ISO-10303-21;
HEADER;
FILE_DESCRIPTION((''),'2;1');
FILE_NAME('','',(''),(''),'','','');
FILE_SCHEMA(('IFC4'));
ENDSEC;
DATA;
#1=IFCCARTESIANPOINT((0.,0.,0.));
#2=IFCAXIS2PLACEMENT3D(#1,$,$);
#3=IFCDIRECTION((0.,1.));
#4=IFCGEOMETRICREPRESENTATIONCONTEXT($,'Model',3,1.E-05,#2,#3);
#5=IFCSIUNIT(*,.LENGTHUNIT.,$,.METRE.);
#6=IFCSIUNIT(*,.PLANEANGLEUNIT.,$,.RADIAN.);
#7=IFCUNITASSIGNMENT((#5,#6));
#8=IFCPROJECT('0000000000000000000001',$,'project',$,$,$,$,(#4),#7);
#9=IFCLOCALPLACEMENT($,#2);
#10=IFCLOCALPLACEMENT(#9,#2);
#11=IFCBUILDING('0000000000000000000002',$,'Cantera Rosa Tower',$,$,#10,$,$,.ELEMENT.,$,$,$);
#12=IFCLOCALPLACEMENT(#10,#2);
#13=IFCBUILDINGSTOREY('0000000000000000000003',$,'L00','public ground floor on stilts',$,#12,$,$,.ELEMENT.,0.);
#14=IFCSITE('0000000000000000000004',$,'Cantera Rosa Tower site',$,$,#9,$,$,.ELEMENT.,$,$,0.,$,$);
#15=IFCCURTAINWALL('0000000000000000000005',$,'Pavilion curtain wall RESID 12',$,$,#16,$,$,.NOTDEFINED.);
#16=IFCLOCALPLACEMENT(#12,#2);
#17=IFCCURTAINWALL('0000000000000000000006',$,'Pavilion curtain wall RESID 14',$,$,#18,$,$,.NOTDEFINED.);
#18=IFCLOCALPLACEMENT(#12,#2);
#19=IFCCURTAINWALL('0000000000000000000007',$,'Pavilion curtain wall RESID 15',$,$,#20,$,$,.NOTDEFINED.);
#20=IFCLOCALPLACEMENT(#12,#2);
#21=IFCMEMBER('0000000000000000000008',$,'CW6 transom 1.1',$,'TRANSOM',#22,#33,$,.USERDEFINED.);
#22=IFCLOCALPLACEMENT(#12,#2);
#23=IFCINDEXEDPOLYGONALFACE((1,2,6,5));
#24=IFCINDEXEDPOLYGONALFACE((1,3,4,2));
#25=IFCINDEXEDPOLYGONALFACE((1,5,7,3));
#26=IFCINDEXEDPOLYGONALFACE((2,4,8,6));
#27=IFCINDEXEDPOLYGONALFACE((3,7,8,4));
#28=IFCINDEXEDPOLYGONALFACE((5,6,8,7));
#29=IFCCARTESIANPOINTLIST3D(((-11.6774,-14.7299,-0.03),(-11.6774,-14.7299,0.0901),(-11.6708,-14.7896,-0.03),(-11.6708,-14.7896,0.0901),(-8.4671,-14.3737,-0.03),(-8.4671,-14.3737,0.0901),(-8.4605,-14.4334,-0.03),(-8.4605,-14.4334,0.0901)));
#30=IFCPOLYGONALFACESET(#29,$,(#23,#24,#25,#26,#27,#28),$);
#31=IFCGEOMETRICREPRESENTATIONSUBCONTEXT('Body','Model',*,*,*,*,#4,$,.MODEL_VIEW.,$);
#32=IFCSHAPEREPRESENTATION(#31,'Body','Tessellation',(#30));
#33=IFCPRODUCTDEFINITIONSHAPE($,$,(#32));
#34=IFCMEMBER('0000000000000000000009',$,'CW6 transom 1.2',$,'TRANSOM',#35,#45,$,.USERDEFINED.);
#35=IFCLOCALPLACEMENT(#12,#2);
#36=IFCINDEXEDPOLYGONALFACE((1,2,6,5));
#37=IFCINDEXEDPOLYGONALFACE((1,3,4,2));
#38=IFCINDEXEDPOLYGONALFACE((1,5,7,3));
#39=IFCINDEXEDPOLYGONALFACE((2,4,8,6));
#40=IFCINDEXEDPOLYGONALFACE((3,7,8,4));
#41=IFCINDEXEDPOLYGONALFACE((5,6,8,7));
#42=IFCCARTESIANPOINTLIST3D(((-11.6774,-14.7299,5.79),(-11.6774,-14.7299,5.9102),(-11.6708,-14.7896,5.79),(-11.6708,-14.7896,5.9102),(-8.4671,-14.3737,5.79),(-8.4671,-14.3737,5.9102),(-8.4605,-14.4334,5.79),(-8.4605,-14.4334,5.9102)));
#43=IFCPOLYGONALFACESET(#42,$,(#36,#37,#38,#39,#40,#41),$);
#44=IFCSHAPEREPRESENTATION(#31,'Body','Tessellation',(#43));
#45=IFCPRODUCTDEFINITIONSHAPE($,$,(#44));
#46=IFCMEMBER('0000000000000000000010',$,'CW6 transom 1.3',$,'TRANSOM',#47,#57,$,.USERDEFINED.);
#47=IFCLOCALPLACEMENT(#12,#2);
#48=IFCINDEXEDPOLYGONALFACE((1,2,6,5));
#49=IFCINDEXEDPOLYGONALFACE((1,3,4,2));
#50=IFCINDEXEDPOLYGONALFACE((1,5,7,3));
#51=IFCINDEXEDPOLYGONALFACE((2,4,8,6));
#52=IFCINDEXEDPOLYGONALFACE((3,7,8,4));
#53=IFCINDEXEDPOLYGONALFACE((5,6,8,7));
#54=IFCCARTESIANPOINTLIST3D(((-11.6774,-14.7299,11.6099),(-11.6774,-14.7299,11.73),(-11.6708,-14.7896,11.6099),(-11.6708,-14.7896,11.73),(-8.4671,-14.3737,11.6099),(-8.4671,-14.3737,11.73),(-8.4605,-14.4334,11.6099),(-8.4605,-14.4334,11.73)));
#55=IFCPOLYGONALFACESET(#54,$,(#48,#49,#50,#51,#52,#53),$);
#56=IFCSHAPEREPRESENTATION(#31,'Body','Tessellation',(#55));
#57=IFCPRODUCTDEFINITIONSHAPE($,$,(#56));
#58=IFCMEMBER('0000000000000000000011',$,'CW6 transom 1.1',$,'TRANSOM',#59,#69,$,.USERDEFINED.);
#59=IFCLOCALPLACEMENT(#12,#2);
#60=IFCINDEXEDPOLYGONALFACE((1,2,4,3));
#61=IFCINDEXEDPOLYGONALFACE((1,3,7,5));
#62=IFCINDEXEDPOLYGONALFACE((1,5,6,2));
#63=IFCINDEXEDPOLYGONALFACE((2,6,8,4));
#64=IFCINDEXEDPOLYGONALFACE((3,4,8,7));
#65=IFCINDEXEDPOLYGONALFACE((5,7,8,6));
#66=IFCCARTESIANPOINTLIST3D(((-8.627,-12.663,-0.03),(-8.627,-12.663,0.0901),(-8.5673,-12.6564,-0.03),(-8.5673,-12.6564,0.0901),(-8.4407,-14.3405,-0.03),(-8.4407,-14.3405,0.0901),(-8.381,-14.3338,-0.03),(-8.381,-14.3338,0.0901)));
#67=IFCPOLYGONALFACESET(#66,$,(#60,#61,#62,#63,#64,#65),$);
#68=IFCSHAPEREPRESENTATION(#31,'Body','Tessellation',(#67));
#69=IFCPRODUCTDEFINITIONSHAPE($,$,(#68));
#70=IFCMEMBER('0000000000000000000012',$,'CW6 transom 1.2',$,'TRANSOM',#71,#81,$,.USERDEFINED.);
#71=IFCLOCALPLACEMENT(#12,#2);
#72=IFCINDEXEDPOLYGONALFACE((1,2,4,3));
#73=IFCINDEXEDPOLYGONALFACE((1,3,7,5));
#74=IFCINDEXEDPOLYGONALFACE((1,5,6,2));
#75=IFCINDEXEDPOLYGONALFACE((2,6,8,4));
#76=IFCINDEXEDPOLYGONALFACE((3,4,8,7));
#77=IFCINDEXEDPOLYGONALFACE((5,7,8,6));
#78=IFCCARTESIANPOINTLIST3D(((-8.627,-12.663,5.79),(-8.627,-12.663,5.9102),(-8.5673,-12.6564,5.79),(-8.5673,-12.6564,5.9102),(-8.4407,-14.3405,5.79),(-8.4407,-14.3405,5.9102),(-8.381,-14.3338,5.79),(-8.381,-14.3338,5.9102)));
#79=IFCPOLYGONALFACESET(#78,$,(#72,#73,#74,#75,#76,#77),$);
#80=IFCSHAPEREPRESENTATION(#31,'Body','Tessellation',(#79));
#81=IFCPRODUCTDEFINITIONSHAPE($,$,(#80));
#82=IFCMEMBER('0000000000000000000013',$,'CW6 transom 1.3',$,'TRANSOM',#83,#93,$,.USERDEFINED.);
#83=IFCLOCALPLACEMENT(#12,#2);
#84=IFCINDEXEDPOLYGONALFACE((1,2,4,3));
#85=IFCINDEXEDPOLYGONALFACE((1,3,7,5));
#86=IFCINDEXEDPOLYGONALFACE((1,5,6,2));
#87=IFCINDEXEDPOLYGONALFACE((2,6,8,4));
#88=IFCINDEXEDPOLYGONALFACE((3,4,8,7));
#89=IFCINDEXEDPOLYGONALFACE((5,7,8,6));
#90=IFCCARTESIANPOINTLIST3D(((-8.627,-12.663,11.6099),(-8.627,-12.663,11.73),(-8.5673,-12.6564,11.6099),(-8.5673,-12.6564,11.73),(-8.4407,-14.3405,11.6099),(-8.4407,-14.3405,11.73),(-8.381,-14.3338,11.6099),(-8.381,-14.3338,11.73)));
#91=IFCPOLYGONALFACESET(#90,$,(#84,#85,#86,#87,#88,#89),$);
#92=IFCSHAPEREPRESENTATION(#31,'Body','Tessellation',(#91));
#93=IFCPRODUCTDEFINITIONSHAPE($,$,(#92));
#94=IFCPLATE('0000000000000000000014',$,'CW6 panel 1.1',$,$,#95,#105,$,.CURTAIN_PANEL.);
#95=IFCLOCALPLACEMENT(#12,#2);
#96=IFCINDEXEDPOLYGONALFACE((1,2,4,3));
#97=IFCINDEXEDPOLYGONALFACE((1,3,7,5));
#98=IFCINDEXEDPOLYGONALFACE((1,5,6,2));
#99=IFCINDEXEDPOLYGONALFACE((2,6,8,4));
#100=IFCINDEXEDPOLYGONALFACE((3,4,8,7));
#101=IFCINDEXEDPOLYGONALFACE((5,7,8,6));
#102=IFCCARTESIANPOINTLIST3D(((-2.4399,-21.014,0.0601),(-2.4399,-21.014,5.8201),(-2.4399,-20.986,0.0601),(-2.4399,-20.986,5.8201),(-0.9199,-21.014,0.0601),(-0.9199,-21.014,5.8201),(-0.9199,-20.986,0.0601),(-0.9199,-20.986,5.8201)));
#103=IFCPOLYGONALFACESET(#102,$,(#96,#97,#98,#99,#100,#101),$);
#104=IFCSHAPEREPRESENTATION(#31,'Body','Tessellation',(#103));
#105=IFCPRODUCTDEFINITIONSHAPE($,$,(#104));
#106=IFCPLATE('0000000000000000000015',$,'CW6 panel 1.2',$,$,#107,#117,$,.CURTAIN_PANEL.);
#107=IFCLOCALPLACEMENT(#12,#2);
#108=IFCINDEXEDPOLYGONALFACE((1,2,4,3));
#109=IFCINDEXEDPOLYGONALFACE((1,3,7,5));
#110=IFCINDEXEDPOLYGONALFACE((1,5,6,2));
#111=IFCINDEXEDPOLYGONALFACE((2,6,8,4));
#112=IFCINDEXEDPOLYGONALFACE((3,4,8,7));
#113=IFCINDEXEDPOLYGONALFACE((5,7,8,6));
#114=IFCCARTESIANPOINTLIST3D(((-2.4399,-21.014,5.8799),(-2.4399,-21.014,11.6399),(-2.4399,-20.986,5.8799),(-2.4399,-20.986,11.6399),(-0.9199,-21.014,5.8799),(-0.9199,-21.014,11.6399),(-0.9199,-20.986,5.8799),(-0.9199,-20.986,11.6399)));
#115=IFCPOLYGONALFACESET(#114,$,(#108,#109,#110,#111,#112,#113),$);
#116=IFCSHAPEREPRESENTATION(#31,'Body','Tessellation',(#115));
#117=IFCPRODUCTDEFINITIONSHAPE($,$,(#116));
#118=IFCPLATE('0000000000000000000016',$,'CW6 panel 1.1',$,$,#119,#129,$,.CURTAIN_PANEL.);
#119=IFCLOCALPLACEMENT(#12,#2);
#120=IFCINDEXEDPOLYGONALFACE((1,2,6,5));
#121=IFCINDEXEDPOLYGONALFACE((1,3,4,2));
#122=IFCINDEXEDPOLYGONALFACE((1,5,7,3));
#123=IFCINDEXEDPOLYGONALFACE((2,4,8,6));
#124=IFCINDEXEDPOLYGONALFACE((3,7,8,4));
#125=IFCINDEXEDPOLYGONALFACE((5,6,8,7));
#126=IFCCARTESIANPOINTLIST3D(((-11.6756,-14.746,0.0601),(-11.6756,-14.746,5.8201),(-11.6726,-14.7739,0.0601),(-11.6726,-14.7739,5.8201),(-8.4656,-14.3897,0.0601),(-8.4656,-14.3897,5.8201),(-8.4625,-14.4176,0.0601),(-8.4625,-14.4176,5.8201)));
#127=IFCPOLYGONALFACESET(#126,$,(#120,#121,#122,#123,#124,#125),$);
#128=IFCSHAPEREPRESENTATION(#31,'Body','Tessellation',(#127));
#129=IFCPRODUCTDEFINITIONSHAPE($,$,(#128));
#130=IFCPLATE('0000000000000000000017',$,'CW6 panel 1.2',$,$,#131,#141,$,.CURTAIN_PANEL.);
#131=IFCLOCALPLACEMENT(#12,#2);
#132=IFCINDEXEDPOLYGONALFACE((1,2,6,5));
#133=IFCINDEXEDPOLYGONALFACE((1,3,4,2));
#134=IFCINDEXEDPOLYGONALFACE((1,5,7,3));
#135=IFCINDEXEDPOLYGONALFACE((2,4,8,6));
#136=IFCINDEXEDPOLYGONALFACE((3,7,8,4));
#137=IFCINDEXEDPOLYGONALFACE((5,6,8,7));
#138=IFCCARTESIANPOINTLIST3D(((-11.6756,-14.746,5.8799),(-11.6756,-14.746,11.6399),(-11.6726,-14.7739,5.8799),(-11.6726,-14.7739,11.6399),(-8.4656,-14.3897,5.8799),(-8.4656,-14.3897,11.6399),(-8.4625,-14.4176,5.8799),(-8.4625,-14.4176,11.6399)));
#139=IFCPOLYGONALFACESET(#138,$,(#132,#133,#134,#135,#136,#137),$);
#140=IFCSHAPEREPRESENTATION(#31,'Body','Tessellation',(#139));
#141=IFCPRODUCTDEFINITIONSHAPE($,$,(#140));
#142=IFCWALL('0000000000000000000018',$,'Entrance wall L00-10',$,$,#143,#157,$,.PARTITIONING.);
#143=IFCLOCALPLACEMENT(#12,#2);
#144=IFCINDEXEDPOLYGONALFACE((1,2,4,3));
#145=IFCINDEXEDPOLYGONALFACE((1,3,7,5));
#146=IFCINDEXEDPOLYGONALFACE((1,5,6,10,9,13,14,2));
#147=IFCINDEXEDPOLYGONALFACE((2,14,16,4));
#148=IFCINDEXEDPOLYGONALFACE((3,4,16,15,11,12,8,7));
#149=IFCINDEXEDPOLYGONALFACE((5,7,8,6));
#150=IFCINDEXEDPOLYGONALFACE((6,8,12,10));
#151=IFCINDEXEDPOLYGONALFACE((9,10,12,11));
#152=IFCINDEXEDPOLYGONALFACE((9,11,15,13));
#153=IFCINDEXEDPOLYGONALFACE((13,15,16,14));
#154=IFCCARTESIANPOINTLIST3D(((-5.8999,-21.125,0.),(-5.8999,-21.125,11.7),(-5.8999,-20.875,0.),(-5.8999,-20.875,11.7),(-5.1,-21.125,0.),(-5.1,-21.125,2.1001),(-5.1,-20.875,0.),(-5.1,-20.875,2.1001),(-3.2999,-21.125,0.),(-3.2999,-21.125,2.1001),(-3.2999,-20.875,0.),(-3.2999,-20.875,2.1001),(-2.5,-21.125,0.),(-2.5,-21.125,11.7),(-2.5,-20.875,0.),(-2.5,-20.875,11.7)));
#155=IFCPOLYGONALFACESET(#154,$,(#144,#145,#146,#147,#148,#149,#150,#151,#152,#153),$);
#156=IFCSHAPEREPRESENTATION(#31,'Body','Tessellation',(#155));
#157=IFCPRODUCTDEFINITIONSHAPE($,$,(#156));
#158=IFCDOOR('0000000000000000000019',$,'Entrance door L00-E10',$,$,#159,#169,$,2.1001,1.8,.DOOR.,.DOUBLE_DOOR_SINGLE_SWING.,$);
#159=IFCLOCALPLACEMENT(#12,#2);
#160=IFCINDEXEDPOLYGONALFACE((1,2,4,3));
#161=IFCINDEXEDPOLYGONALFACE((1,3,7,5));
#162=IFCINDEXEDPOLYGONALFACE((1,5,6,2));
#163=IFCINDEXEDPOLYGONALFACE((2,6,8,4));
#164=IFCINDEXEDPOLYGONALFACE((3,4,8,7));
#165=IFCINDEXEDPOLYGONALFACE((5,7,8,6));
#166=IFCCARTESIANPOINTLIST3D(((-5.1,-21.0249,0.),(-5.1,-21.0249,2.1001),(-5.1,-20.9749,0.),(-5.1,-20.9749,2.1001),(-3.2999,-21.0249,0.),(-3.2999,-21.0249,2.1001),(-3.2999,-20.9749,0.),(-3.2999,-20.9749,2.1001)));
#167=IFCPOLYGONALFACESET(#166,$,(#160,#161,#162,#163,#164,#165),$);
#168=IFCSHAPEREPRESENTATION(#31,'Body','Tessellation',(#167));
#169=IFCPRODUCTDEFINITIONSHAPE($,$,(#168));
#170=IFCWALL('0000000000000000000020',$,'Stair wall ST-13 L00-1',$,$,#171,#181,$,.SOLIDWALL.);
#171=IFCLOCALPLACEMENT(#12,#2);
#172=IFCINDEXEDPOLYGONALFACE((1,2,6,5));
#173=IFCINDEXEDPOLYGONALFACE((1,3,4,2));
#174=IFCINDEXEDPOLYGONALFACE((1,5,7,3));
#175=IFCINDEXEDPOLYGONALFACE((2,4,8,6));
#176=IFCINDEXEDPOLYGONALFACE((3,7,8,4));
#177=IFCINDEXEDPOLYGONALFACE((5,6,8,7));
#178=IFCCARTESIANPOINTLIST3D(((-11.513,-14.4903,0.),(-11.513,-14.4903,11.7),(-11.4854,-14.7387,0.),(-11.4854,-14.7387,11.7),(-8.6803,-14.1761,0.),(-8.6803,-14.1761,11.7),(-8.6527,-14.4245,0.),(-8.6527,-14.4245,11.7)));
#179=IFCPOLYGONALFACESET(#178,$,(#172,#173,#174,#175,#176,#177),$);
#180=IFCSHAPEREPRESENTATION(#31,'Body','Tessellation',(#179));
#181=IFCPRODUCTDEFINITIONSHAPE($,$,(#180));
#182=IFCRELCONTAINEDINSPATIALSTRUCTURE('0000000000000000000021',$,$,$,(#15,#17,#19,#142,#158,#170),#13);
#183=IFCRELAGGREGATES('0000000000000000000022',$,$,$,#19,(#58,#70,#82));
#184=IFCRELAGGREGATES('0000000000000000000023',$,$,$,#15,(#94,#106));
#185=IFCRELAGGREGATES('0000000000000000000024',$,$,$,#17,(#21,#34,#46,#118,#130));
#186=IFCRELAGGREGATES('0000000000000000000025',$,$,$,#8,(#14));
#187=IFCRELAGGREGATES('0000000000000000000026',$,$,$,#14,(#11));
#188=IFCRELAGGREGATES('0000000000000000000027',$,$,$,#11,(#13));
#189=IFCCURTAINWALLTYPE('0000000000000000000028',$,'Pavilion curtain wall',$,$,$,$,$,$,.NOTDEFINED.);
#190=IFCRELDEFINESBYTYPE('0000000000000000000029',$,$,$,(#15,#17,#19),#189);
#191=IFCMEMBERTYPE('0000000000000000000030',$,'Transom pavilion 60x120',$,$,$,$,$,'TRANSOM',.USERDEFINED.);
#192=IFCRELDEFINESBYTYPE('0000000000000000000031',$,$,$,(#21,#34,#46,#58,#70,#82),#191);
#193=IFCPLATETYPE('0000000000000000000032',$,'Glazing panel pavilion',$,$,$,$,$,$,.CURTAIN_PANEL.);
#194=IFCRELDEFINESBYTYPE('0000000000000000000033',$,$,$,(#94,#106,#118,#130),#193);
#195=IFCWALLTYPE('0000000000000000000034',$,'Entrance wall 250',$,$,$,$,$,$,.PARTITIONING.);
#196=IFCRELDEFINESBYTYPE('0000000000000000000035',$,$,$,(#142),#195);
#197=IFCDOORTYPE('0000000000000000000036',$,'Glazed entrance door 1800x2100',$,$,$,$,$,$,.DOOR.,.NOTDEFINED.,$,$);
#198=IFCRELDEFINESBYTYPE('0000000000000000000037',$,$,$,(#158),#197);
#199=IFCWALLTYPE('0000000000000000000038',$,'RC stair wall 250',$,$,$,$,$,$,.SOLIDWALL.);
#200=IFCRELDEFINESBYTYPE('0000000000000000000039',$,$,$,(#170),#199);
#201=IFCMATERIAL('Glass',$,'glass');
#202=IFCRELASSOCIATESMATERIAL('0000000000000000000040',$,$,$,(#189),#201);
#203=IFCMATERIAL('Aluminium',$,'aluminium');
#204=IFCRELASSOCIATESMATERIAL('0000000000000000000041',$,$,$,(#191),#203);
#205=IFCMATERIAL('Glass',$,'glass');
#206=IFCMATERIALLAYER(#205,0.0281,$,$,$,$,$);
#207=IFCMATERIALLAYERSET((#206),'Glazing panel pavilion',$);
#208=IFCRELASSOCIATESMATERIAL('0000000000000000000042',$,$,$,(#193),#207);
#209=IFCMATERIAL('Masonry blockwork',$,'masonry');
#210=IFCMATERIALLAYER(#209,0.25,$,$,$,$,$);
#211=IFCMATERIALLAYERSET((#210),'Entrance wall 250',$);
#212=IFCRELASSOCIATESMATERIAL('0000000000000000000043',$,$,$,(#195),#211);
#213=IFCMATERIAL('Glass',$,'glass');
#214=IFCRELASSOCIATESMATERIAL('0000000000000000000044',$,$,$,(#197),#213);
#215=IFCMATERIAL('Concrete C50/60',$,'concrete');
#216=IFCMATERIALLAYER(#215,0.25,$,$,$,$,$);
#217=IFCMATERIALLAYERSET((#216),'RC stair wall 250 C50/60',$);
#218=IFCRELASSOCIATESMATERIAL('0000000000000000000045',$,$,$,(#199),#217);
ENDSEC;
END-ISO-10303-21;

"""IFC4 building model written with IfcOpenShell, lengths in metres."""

from ifc_helpers import new_model, si_unit, direction, frame, frame_2d, origin, origin_2d, place, context, subcontext, project, spatial, rectangle, extrude, material, layer, layer_set, material_profile, profile_set, type_object, element, fill, aggregate, save


model = new_model("IFC4")

# Units and contexts
model_context = context("Model", 3, precision=1e-05, world=origin(), true_north=direction((0.0, 1.0)))
body_context = subcontext(model_context, "Body", "Model", "MODEL_VIEW")
ifc_project = project(units=[si_unit("LENGTHUNIT", "METRE"), si_unit("PLANEANGLEUNIT", "RADIAN")], contexts=[model_context])

# Site, building, storey
site_placement = place(None, origin())
site = spatial("IfcSite", under=ifc_project, at=site_placement, Name="Cantera Rosa Tower site", CompositionType="ELEMENT", RefElevation=0.0)
building_placement = place(site_placement, origin())
building = spatial("IfcBuilding", under=site, at=building_placement, Name="Cantera Rosa Tower", CompositionType="ELEMENT")
storey_placement = place(building_placement, origin())
storey = spatial("IfcBuildingStorey", under=building, at=storey_placement, Name="L00", Description="public ground floor on stilts", CompositionType="ELEMENT", Elevation=0.0)

# Curtain wall
ifc_material_1 = material(Name="Glass", Category="glass")
curtain_wall_type = type_object("IfcCurtainWallType", Name="Pavilion curtain wall", PredefinedType="NOTDEFINED", material=ifc_material_1)
curtain_wall_1_placement = place(storey_placement, origin())
curtain_wall_1 = element("IfcCurtainWall", 1, at=curtain_wall_1_placement, inside=storey, type_object=curtain_wall_type, Name="Pavilion curtain wall RESID 12", PredefinedType="NOTDEFINED")

# Curtain wall
curtain_wall_2_placement = place(storey_placement, origin())
curtain_wall_2 = element("IfcCurtainWall", 2, at=curtain_wall_2_placement, inside=storey, type_object=curtain_wall_type, Name="Pavilion curtain wall RESID 14", PredefinedType="NOTDEFINED")

# Curtain wall
curtain_wall_3_placement = place(storey_placement, origin())
curtain_wall_3 = element("IfcCurtainWall", 3, at=curtain_wall_3_placement, inside=storey, type_object=curtain_wall_type, Name="Pavilion curtain wall RESID 15", PredefinedType="NOTDEFINED")

# Members
ifc_material_2 = material(Name="Aluminium", Category="aluminium")
ifc_material_profile_1 = material_profile(ifc_material_2, rectangle(XDim=0.0601, YDim=0.1201, at=origin_2d()), Name="Transom pavilion 60x120")
ifc_profile_set_1 = profile_set([ifc_material_profile_1], Name="Aluminium")
member_type_1 = type_object("IfcMemberType", Name="Transom pavilion 60x120", ElementType="TRANSOM", PredefinedType="USERDEFINED", material=ifc_profile_set_1)
member_1_placement = place(storey_placement, frame((-11.6741, -14.7598, 0.03), z_axis=(0.9939, 0.110282, 0.0), x_axis=(-0.110282, 0.9939, 0.0)))
member_1 = element("IfcMember", 4, at=member_1_placement, type_object=member_type_1, Name="CW6 transom 1.1", ObjectType="TRANSOM", PredefinedType="USERDEFINED", context=body_context, shape_type="SweptSolid", body=[
    extrude(rectangle(XDim=0.0601, YDim=0.1201, at=origin_2d()), origin(), (0.0, 0.0, 1.0), 3.23),
])
member_2_placement = place(storey_placement, frame((-11.6741, -14.7598, 5.8501), z_axis=(0.9939, 0.110282, 0.0), x_axis=(-0.110282, 0.9939, 0.0)))
member_2 = element("IfcMember", 5, at=member_2_placement, type_object=member_type_1, Name="CW6 transom 1.2", ObjectType="TRANSOM", PredefinedType="USERDEFINED", context=body_context, shape_type="SweptSolid", body=[
    extrude(rectangle(XDim=0.0601, YDim=0.1201, at=origin_2d()), origin(), (0.0, 0.0, 1.0), 3.23),
])
member_3_placement = place(storey_placement, frame((-11.6741, -14.7598, 11.6699), z_axis=(0.9939, 0.110282, 0.0), x_axis=(-0.110282, 0.9939, 0.0)))
member_3 = element("IfcMember", 6, at=member_3_placement, type_object=member_type_1, Name="CW6 transom 1.3", ObjectType="TRANSOM", PredefinedType="USERDEFINED", context=body_context, shape_type="SweptSolid", body=[
    extrude(rectangle(XDim=0.0601, YDim=0.1201, at=origin_2d()), origin(), (0.0, 0.0, 1.0), 3.23),
])
member_4_placement = place(storey_placement, frame((-8.4109, -14.3372, 0.03), z_axis=(-0.110368, 0.993891, 0.0), x_axis=(-0.993891, -0.110368, 0.0)))
member_4 = element("IfcMember", 7, at=member_4_placement, type_object=member_type_1, Name="CW6 transom 1.1", ObjectType="TRANSOM", PredefinedType="USERDEFINED", context=body_context, shape_type="SweptSolid", body=[
    extrude(rectangle(XDim=0.0601, YDim=0.1201, at=origin_2d()), origin(), (0.0, 0.0, 1.0), 1.6877),
])
member_5_placement = place(storey_placement, frame((-8.4109, -14.3372, 5.8501), z_axis=(-0.110368, 0.993891, 0.0), x_axis=(-0.993891, -0.110368, 0.0)))
member_5 = element("IfcMember", 8, at=member_5_placement, type_object=member_type_1, Name="CW6 transom 1.2", ObjectType="TRANSOM", PredefinedType="USERDEFINED", context=body_context, shape_type="SweptSolid", body=[
    extrude(rectangle(XDim=0.0601, YDim=0.1201, at=origin_2d()), origin(), (0.0, 0.0, 1.0), 1.6877),
])
member_6_placement = place(storey_placement, frame((-8.4109, -14.3372, 11.6699), z_axis=(-0.110368, 0.993891, 0.0), x_axis=(-0.993891, -0.110368, 0.0)))
member_6 = element("IfcMember", 9, at=member_6_placement, type_object=member_type_1, Name="CW6 transom 1.3", ObjectType="TRANSOM", PredefinedType="USERDEFINED", context=body_context, shape_type="SweptSolid", body=[
    extrude(rectangle(XDim=0.0601, YDim=0.1201, at=origin_2d()), origin(), (0.0, 0.0, 1.0), 1.6877),
])
aggregate(curtain_wall_3, [member_4, member_5, member_6])

# Plates
ifc_material_3 = material(Name="Glass", Category="glass")
ifc_layer_1 = layer(ifc_material_3, 0.0281)
ifc_layer_set_1 = layer_set([ifc_layer_1], Name="Glazing panel pavilion")
plate_type = type_object("IfcPlateType", Name="Glazing panel pavilion", PredefinedType="CURTAIN_PANEL", material=ifc_layer_set_1)
plate_1_placement = place(storey_placement, frame((-1.6799, -21.0, 0.0601), z_axis=(0.0, 0.0, 1.0), x_axis=(-1.0, 0.0, 0.0)))
plate_1 = element("IfcPlate", 10, at=plate_1_placement, type_object=plate_type, Name="CW6 panel 1.1", PredefinedType="CURTAIN_PANEL", context=body_context, shape_type="SweptSolid", body=[
    extrude(rectangle(XDim=1.52, YDim=0.0281, at=origin_2d()), origin(), (0.0, 0.0, 1.0), 5.76),
])
plate_2_placement = place(storey_placement, frame((-1.6799, -21.0, 5.8799), z_axis=(0.0, 0.0, 1.0), x_axis=(-1.0, 0.0, 0.0)))
plate_2 = element("IfcPlate", 11, at=plate_2_placement, type_object=plate_type, Name="CW6 panel 1.2", PredefinedType="CURTAIN_PANEL", context=body_context, shape_type="SweptSolid", body=[
    extrude(rectangle(XDim=1.52, YDim=0.0281, at=origin_2d()), origin(), (0.0, 0.0, 1.0), 5.76),
])
aggregate(curtain_wall_1, [plate_1, plate_2])
plate_3_placement = place(storey_placement, frame((-10.0691, -14.5818, 0.0601), z_axis=(0.0, 0.0, 1.0), x_axis=(0.993895, 0.110333, 0.0)))
plate_3 = element("IfcPlate", 12, at=plate_3_placement, type_object=plate_type, Name="CW6 panel 1.1", PredefinedType="CURTAIN_PANEL", context=body_context, shape_type="SweptSolid", body=[
    extrude(rectangle(XDim=3.2297, YDim=0.0281, at=origin_2d()), origin(), (0.0, 0.0, 1.0), 5.76),
])
plate_4_placement = place(storey_placement, frame((-10.0691, -14.5818, 5.8799), z_axis=(0.0, 0.0, 1.0), x_axis=(0.993895, 0.110333, 0.0)))
plate_4 = element("IfcPlate", 13, at=plate_4_placement, type_object=plate_type, Name="CW6 panel 1.2", PredefinedType="CURTAIN_PANEL", context=body_context, shape_type="SweptSolid", body=[
    extrude(rectangle(XDim=3.2297, YDim=0.0281, at=origin_2d()), origin(), (0.0, 0.0, 1.0), 5.76),
])
aggregate(curtain_wall_2, [member_1, member_2, member_3, plate_3, plate_4])

# Wall, opening, door
ifc_material_4 = material(Name="Masonry blockwork", Category="masonry")
ifc_layer_2 = layer(ifc_material_4, 0.25)
ifc_layer_set_2 = layer_set([ifc_layer_2], Name="Entrance wall 250")
wall_type_1 = type_object("IfcWallType", Name="Entrance wall 250", PredefinedType="PARTITIONING", material=ifc_layer_set_2)
wall_1_placement = place(storey_placement, frame((-2.5, -21.0, 0.0), z_axis=(0.0, 0.0, 1.0), x_axis=(-1.0, 0.0, 0.0)))
wall_1 = element("IfcWall", 14, at=wall_1_placement, inside=storey, type_object=wall_type_1, Name="Entrance wall L00-10", PredefinedType="PARTITIONING", context=body_context, shape_type="SweptSolid", body=[
    extrude(rectangle(XDim=3.3999, YDim=0.25, at=frame_2d((1.7, 0.0))), origin(), (0.0, 0.0, 1.0), 11.7),
])
opening_1_placement = place(wall_1_placement, frame((0.8, 0.0, 0.0)))
opening_1 = element("IfcOpeningElement", 15, at=opening_1_placement, cuts=wall_1, PredefinedType="OPENING", context=body_context, shape_type="SweptSolid", body=[
    extrude(rectangle(XDim=1.8, YDim=2.1001, at=frame_2d((0.8999, 1.05))), frame((0.0, 0.135, 0.0), z_axis=(0.0, -1.0, 0.0), x_axis=(1.0, 0.0, 0.0)), (0.0, 0.0, 1.0), 0.27),
])
ifc_material_5 = material(Name="Glass", Category="glass")
door_type_1 = type_object("IfcDoorType", Name="Glazed entrance door 1800x2100", OperationType="NOTDEFINED", PredefinedType="DOOR", material=ifc_material_5)
door_1_placement = place(opening_1_placement, origin())
door_1 = element("IfcDoor", 16, at=door_1_placement, inside=storey, type_object=door_type_1, Name="Entrance door L00-E10", OperationType="DOUBLE_DOOR_SINGLE_SWING", OverallHeight=2.1001, OverallWidth=1.8, PredefinedType="DOOR", context=body_context, shape_type="SweptSolid", body=[
    extrude(rectangle(XDim=1.8, YDim=2.1001, at=frame_2d((0.8999, 1.05))), frame((0.0, 0.0249, 0.0), z_axis=(0.0, -1.0, 0.0), x_axis=(1.0, 0.0, 0.0)), (0.0, 0.0, 1.0), 0.05),
])
fill(opening_1, door_1)

# Wall
ifc_material_6 = material(Name="Concrete C50/60", Category="concrete")
ifc_layer_3 = layer(ifc_material_6, 0.25)
ifc_layer_set_3 = layer_set([ifc_layer_3], Name="RC stair wall 250 C50/60")
wall_type_2 = type_object("IfcWallType", Name="RC stair wall 250", PredefinedType="SOLIDWALL", material=ifc_layer_set_3)
wall_2_placement = place(storey_placement, frame((-8.6665, -14.3003, 0.0), z_axis=(0.0, 0.0, 1.0), x_axis=(-0.993905, -0.110243, 0.0)))
element("IfcWall", 17, at=wall_2_placement, inside=storey, type_object=wall_type_2, Name="Stair wall ST-13 L00-1", PredefinedType="SOLIDWALL", context=body_context, shape_type="SweptSolid", body=[
    extrude(rectangle(XDim=2.8501, YDim=0.25, at=frame_2d((1.425, 0.0))), origin(), (0.0, 0.0, 1.0), 11.7),
])

save(model, "model.ifc")
